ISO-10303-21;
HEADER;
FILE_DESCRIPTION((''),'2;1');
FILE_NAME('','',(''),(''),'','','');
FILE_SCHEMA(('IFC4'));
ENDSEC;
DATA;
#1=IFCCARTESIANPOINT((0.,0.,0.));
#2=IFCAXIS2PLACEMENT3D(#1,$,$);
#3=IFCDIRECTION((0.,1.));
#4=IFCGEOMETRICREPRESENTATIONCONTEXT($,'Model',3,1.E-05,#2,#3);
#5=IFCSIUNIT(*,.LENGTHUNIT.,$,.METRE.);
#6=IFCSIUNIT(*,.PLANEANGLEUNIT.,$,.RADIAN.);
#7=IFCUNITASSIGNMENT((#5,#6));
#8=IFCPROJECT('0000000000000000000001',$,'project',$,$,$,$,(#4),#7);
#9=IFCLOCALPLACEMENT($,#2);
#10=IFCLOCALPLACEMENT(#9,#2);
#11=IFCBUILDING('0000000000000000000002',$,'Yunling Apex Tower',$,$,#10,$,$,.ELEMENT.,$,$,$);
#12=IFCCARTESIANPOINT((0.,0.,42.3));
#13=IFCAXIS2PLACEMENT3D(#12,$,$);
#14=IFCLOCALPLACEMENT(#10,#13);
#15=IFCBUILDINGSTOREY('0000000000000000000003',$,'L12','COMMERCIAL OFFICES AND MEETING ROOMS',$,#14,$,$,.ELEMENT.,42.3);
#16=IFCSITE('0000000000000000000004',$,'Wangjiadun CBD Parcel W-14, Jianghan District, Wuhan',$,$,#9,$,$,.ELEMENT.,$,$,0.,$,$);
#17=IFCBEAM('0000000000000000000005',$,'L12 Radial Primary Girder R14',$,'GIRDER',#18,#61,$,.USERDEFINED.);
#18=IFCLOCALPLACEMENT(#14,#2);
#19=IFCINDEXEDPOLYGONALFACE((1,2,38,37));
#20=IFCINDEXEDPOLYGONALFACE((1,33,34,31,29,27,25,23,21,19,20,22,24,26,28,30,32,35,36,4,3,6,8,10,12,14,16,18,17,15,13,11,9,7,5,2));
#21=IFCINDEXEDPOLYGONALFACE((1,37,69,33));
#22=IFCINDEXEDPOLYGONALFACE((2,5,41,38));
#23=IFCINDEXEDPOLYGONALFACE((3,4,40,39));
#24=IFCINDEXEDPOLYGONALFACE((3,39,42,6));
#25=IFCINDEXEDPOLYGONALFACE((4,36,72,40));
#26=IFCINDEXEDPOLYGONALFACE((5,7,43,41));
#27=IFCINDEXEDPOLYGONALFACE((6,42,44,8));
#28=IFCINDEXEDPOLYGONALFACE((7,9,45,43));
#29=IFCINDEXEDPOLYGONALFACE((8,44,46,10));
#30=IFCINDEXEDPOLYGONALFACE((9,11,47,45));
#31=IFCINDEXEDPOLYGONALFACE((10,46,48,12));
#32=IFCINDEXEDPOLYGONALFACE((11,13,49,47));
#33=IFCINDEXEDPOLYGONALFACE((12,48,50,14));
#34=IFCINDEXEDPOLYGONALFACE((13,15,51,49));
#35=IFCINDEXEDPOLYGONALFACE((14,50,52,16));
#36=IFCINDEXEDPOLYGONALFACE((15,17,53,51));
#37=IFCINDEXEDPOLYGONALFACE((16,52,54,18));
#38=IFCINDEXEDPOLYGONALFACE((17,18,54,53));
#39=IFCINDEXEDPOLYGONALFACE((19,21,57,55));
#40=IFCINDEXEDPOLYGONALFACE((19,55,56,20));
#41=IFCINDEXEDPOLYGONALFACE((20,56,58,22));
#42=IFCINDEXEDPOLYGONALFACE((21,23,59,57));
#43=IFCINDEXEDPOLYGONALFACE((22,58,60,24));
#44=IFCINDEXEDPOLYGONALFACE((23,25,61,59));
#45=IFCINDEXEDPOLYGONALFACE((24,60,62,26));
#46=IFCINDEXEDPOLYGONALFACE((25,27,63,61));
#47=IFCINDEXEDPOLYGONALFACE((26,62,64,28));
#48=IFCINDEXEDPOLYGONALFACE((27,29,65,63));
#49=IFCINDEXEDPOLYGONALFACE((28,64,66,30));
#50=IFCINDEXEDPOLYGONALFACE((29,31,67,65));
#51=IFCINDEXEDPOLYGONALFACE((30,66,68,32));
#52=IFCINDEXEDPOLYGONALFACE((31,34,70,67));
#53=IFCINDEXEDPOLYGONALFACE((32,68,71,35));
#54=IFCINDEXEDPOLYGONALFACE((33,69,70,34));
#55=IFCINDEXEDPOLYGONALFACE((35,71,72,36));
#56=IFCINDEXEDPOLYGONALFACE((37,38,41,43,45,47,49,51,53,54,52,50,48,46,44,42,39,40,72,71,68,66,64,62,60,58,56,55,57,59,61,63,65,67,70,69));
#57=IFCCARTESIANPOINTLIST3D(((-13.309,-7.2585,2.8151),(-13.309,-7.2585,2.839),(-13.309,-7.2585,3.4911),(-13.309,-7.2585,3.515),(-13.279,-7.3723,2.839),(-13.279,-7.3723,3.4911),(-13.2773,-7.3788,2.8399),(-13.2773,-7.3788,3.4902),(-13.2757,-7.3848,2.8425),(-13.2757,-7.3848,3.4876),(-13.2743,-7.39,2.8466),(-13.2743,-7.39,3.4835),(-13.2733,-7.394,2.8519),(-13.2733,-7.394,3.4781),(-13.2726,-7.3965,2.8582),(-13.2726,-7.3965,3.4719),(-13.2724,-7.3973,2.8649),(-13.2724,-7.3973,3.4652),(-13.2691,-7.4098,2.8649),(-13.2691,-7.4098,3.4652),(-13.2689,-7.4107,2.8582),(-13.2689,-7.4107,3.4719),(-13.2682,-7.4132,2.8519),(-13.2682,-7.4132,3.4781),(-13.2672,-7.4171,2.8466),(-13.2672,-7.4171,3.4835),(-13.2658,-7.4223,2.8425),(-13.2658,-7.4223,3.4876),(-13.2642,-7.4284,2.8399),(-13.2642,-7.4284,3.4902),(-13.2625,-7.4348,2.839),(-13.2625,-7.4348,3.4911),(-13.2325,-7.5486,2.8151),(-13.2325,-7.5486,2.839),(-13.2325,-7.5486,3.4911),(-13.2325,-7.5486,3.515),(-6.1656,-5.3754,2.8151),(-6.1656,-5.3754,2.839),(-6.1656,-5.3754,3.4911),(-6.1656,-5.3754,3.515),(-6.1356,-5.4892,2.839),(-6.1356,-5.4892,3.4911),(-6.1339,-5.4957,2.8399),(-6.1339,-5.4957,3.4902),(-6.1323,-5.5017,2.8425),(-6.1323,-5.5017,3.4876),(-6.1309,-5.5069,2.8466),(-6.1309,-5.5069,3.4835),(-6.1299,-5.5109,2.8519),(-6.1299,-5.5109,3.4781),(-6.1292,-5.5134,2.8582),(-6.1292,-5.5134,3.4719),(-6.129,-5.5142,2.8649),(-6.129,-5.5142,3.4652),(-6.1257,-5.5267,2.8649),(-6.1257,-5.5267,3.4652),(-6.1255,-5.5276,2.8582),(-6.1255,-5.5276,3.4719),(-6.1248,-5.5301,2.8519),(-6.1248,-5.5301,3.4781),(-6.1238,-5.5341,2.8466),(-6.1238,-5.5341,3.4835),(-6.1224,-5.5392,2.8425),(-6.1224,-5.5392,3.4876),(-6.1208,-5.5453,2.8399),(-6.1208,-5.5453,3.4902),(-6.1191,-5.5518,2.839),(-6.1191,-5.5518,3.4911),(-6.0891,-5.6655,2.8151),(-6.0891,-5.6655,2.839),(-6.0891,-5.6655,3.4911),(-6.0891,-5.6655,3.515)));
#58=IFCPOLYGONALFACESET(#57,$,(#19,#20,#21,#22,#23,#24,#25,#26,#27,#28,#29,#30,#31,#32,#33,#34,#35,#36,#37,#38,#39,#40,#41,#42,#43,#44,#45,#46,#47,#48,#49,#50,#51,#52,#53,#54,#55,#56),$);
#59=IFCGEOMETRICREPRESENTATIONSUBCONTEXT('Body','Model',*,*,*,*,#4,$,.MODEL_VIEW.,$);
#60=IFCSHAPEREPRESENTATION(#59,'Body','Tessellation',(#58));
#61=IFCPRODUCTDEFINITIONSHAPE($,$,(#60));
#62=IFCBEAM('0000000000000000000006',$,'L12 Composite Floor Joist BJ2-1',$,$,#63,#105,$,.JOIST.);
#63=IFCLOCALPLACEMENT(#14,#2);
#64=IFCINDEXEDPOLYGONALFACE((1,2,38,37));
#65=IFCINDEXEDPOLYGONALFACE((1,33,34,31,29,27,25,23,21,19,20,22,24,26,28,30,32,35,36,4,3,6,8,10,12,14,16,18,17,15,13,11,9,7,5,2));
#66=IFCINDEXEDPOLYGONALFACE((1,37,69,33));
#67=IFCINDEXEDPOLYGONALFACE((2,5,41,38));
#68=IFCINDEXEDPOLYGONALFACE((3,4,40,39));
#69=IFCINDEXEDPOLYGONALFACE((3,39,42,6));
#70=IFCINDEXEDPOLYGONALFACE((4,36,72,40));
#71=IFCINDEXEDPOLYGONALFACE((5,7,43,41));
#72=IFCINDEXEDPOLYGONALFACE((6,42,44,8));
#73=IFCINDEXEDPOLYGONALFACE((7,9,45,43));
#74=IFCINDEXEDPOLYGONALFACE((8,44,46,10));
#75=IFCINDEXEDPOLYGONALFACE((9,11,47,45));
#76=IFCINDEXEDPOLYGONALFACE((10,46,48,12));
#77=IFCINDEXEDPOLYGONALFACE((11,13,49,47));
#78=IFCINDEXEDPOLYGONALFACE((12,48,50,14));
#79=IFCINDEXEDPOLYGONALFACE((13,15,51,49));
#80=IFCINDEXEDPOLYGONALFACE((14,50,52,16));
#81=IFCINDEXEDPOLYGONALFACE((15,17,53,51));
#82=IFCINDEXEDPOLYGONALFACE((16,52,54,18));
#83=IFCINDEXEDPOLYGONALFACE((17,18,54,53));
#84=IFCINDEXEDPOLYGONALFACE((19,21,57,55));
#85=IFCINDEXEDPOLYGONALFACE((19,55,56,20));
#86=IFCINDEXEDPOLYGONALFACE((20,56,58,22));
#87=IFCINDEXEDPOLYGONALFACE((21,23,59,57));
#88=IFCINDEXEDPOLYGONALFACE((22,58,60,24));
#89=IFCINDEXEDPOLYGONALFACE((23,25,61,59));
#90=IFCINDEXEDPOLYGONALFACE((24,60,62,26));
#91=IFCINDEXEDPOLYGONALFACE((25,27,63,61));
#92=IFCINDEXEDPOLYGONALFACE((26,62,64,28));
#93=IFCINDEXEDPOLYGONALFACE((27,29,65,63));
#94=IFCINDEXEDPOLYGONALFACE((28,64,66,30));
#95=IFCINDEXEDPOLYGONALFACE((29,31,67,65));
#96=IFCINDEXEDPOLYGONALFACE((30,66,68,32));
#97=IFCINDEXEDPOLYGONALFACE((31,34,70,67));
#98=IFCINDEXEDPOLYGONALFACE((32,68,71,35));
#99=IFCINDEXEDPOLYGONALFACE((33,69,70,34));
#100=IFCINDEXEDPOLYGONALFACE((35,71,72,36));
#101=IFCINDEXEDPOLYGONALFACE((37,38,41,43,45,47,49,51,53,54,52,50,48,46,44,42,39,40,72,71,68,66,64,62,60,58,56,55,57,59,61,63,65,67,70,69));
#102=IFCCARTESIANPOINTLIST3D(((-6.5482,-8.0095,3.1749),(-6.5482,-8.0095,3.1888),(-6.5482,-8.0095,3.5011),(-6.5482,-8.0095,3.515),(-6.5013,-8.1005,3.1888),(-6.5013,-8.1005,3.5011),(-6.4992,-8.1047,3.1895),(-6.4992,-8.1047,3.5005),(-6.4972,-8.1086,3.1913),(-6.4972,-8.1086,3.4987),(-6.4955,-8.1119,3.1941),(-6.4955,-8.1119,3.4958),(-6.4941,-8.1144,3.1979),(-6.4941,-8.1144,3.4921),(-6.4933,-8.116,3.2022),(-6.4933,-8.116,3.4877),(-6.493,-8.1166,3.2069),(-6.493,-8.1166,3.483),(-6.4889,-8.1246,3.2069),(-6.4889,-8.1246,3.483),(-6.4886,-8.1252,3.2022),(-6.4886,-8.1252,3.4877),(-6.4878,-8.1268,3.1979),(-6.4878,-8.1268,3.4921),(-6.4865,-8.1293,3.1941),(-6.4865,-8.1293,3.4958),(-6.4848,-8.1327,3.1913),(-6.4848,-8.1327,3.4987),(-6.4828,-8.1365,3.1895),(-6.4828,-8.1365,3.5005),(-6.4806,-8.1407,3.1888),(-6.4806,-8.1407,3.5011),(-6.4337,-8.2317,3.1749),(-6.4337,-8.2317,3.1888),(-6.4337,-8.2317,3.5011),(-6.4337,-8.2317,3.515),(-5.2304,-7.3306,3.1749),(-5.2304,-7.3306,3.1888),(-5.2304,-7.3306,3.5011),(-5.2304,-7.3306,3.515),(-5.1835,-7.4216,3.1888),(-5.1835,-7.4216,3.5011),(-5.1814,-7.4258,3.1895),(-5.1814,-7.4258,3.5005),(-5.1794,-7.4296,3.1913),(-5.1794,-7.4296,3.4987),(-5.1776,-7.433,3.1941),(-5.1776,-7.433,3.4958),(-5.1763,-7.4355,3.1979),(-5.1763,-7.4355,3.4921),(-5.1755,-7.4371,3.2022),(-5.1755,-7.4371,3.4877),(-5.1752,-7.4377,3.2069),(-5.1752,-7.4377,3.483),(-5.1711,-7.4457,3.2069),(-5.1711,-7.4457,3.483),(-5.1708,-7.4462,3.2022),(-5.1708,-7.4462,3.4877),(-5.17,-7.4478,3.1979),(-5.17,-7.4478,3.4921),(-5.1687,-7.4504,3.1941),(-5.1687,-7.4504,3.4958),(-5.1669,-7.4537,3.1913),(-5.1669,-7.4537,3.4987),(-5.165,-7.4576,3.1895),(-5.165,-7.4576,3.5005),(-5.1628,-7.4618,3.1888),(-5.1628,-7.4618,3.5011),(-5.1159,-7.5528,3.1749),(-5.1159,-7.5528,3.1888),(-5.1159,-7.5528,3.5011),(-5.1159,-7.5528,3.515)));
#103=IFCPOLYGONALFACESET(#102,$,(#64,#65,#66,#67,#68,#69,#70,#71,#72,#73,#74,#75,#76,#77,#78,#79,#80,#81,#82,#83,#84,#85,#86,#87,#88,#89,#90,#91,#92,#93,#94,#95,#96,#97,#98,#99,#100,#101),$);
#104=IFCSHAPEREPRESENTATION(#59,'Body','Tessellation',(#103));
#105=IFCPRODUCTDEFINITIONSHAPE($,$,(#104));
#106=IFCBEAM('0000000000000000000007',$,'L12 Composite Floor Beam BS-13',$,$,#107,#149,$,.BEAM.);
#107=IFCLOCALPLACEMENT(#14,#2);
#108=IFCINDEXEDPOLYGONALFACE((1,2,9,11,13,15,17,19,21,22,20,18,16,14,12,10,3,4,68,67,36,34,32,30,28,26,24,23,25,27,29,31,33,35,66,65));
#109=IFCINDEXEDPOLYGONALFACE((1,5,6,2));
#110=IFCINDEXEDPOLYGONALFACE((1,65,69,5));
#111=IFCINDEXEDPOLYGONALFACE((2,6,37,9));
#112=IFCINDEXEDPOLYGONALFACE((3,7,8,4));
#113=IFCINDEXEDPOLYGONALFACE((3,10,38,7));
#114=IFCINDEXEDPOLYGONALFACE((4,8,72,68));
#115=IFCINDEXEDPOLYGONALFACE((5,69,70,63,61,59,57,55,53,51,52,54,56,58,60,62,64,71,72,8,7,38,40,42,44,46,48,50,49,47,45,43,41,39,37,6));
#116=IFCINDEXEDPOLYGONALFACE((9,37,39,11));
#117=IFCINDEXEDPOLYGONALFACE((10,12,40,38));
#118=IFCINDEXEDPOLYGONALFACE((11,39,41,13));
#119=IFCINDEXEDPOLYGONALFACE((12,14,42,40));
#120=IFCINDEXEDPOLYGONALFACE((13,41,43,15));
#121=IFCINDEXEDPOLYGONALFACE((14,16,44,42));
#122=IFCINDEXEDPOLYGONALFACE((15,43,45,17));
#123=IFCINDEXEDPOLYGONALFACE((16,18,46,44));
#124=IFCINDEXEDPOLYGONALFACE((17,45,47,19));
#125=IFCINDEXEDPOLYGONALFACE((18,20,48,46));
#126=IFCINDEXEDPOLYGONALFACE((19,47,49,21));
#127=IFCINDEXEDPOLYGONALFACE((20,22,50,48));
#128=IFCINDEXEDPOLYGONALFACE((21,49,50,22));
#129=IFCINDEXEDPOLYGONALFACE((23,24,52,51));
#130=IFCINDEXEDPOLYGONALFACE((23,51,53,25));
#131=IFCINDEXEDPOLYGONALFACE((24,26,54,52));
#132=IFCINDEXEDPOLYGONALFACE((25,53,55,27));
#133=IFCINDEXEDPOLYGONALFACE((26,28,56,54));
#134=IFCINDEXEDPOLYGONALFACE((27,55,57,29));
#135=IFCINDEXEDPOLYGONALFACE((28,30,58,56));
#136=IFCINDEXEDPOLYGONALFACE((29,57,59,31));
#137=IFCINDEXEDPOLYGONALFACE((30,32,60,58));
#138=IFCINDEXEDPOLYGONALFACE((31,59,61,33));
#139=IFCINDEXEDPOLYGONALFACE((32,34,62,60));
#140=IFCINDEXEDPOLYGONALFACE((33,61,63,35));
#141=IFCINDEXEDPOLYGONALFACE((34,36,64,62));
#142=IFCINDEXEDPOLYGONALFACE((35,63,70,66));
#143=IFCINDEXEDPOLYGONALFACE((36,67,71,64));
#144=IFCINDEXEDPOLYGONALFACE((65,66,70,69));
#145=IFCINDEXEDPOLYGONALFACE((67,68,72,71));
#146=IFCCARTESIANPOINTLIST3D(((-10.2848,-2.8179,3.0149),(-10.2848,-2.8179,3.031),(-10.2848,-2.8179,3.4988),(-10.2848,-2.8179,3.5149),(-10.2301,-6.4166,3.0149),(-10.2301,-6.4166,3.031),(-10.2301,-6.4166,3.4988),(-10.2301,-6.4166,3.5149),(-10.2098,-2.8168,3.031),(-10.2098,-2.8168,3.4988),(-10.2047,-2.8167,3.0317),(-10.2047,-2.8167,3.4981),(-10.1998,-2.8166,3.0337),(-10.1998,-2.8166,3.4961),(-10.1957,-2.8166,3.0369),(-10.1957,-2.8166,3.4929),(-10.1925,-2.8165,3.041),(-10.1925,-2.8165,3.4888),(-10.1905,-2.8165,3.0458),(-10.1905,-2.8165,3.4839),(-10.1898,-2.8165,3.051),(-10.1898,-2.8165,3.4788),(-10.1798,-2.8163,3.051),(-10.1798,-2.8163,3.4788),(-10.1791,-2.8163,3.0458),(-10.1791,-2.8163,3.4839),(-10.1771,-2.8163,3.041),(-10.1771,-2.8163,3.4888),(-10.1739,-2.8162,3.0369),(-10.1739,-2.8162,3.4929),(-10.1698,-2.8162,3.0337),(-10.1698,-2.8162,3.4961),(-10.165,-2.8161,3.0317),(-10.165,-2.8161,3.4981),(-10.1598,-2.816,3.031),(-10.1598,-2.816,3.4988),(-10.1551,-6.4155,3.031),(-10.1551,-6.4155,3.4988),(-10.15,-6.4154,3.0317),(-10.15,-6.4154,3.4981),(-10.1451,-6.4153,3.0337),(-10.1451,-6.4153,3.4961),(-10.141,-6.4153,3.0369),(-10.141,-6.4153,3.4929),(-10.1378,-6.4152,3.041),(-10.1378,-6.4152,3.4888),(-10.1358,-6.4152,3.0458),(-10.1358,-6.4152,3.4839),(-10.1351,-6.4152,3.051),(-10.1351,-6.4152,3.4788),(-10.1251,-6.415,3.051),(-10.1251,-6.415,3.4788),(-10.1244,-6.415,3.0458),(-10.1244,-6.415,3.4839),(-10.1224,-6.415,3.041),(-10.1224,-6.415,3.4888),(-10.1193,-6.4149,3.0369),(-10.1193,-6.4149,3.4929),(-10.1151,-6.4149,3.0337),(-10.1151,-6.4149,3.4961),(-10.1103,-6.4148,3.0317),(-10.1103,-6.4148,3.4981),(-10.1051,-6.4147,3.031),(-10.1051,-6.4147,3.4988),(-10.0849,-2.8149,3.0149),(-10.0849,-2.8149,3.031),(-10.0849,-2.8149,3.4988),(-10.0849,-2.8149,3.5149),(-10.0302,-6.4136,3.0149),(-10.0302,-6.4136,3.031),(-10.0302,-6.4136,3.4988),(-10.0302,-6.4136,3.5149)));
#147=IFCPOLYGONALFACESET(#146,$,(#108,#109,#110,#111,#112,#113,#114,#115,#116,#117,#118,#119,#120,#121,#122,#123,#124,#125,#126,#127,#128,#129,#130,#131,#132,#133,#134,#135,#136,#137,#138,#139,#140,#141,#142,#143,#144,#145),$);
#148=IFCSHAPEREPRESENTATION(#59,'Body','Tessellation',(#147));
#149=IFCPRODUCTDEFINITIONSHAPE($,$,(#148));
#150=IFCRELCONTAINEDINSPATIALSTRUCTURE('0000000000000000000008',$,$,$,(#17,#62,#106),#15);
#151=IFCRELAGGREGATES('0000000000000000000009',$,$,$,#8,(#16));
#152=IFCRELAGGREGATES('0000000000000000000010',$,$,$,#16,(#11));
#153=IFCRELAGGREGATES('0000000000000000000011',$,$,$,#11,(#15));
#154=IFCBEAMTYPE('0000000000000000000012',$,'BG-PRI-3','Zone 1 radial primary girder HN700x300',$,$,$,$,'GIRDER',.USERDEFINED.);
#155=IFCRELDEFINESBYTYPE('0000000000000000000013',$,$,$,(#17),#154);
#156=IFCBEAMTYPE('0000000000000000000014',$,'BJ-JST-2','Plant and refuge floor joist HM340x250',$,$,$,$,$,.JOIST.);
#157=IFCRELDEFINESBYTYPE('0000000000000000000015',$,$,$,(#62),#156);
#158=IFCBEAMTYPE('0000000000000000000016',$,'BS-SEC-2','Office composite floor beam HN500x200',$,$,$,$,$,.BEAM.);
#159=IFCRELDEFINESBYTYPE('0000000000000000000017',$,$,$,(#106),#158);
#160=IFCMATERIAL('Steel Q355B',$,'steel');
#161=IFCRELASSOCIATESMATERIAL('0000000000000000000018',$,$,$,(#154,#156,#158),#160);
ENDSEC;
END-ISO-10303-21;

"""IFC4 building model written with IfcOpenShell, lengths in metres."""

from ifc_helpers import new_model, si_unit, direction, frame, origin, origin_2d, place, context, subcontext, project, spatial, i_section, extrude, source, transform, mapped, material, material_profile, profile_set, type_object, element, save


model = new_model("IFC4")

# Units and contexts
model_context = context("Model", 3, precision=1e-05, world=origin(), true_north=direction((0.0, 1.0)))
body_context = subcontext(model_context, "Body", "Model", "MODEL_VIEW")
ifc_project = project(units=[si_unit("LENGTHUNIT", "METRE"), si_unit("PLANEANGLEUNIT", "RADIAN")], contexts=[model_context])

# Site, building, storey
site_placement = place(None, origin())
site = spatial("IfcSite", under=ifc_project, at=site_placement, Name="Wangjiadun CBD Parcel W-14, Jianghan District, Wuhan", CompositionType="ELEMENT", RefElevation=0.0)
building_placement = place(site_placement, origin())
building = spatial("IfcBuilding", under=site, at=building_placement, Name="Yunling Apex Tower", CompositionType="ELEMENT")
storey_placement = place(building_placement, frame((0.0, 0.0, 42.3)))
storey = spatial("IfcBuildingStorey", under=building, at=storey_placement, Name="L12", Description="COMMERCIAL OFFICES AND MEETING ROOMS", CompositionType="ELEMENT", Elevation=42.3)

# Beams
ifc_material_1 = material(Name="Steel Q355B", Category="steel")
ifc_material_profile_1 = material_profile(ifc_material_1, i_section(OverallWidth=0.3, OverallDepth=0.7, WebThickness=0.0129, FlangeThickness=0.0239, FilletRadius=0.0259, at=origin_2d()))
ifc_profile_set_1 = profile_set([ifc_material_profile_1], Name="Steel Q355B")
beam_type_1 = type_object("IfcBeamType", Name="BG-PRI-3", Description="Zone 1 radial primary girder HN700x300", ElementType="GIRDER", PredefinedType="USERDEFINED", material=ifc_profile_set_1)
shared_shape_1 = source(origin(), body_context, "Body", "SweptSolid", [
    extrude(i_section(OverallWidth=0.3, OverallDepth=0.7, WebThickness=0.0129, FlangeThickness=0.0239, FilletRadius=0.0259, at=origin_2d()), origin(), (0.0, 0.0, 1.0), 7.3875),
])
beam_1_placement = place(storey_placement, frame((-13.2708, -7.4036, 3.165), z_axis=(0.966967, 0.254903, 0.0), x_axis=(-0.254903, 0.966967, 0.0)))
element("IfcBeam", 1, at=beam_1_placement, inside=storey, type_object=beam_type_1, Name="L12 Radial Primary Girder R14", ObjectType="GIRDER", PredefinedType="USERDEFINED", context=body_context, shape_type="MappedRepresentation", body=[
    mapped(shared_shape_1, transform((0.0, 0.0, 0.0), scale=1.0)),
])
ifc_material_profile_2 = material_profile(ifc_material_1, i_section(OverallWidth=0.25, OverallDepth=0.3401, WebThickness=0.009, FlangeThickness=0.0139, FilletRadius=0.0181, at=origin_2d()))
ifc_profile_set_2 = profile_set([ifc_material_profile_2], Name="Steel Q355B")
beam_type_2 = type_object("IfcBeamType", Name="BJ-JST-2", Description="Plant and refuge floor joist HM340x250", PredefinedType="JOIST", material=ifc_profile_set_2)
shared_shape_2 = source(origin(), body_context, "Body", "SweptSolid", [
    extrude(i_section(OverallWidth=0.25, OverallDepth=0.3401, WebThickness=0.009, FlangeThickness=0.0139, FilletRadius=0.0181, at=origin_2d()), origin(), (0.0, 0.0, 1.0), 1.4824),
])
beam_2_placement = place(storey_placement, frame((-6.491, -8.1206, 3.345), z_axis=(0.88896, 0.457984, 0.0), x_axis=(-0.457984, 0.88896, 0.0)))
element("IfcBeam", 2, at=beam_2_placement, inside=storey, type_object=beam_type_2, Name="L12 Composite Floor Joist BJ2-1", PredefinedType="JOIST", context=body_context, shape_type="MappedRepresentation", body=[
    mapped(shared_shape_2, transform((0.0, 0.0, 0.0), scale=1.0)),
])
ifc_material_profile_3 = material_profile(ifc_material_1, i_section(OverallWidth=0.2, OverallDepth=0.5, WebThickness=0.01, FlangeThickness=0.0161, FilletRadius=0.02, at=origin_2d()))
ifc_profile_set_3 = profile_set([ifc_material_profile_3], Name="Steel Q355B")
beam_type_3 = type_object("IfcBeamType", Name="BS-SEC-2", Description="Office composite floor beam HN500x200", PredefinedType="BEAM", material=ifc_profile_set_3)
shared_shape_3 = source(origin(), body_context, "Body", "SweptSolid", [
    extrude(i_section(OverallWidth=0.2, OverallDepth=0.5, WebThickness=0.01, FlangeThickness=0.0161, FilletRadius=0.02, at=origin_2d()), origin(), (0.0, 0.0, 1.0), 3.5991),
])
beam_3_placement = place(storey_placement, frame((-10.1848, -2.8164, 3.2649), z_axis=(0.015195, -0.999885, 0.0), x_axis=(0.999885, 0.015195, 0.0)))
element("IfcBeam", 3, at=beam_3_placement, inside=storey, type_object=beam_type_3, Name="L12 Composite Floor Beam BS-13", PredefinedType="BEAM", context=body_context, shape_type="MappedRepresentation", body=[
    mapped(shared_shape_3, transform((0.0, 0.0, 0.0), scale=1.0)),
])

save(model, "model.ifc")
